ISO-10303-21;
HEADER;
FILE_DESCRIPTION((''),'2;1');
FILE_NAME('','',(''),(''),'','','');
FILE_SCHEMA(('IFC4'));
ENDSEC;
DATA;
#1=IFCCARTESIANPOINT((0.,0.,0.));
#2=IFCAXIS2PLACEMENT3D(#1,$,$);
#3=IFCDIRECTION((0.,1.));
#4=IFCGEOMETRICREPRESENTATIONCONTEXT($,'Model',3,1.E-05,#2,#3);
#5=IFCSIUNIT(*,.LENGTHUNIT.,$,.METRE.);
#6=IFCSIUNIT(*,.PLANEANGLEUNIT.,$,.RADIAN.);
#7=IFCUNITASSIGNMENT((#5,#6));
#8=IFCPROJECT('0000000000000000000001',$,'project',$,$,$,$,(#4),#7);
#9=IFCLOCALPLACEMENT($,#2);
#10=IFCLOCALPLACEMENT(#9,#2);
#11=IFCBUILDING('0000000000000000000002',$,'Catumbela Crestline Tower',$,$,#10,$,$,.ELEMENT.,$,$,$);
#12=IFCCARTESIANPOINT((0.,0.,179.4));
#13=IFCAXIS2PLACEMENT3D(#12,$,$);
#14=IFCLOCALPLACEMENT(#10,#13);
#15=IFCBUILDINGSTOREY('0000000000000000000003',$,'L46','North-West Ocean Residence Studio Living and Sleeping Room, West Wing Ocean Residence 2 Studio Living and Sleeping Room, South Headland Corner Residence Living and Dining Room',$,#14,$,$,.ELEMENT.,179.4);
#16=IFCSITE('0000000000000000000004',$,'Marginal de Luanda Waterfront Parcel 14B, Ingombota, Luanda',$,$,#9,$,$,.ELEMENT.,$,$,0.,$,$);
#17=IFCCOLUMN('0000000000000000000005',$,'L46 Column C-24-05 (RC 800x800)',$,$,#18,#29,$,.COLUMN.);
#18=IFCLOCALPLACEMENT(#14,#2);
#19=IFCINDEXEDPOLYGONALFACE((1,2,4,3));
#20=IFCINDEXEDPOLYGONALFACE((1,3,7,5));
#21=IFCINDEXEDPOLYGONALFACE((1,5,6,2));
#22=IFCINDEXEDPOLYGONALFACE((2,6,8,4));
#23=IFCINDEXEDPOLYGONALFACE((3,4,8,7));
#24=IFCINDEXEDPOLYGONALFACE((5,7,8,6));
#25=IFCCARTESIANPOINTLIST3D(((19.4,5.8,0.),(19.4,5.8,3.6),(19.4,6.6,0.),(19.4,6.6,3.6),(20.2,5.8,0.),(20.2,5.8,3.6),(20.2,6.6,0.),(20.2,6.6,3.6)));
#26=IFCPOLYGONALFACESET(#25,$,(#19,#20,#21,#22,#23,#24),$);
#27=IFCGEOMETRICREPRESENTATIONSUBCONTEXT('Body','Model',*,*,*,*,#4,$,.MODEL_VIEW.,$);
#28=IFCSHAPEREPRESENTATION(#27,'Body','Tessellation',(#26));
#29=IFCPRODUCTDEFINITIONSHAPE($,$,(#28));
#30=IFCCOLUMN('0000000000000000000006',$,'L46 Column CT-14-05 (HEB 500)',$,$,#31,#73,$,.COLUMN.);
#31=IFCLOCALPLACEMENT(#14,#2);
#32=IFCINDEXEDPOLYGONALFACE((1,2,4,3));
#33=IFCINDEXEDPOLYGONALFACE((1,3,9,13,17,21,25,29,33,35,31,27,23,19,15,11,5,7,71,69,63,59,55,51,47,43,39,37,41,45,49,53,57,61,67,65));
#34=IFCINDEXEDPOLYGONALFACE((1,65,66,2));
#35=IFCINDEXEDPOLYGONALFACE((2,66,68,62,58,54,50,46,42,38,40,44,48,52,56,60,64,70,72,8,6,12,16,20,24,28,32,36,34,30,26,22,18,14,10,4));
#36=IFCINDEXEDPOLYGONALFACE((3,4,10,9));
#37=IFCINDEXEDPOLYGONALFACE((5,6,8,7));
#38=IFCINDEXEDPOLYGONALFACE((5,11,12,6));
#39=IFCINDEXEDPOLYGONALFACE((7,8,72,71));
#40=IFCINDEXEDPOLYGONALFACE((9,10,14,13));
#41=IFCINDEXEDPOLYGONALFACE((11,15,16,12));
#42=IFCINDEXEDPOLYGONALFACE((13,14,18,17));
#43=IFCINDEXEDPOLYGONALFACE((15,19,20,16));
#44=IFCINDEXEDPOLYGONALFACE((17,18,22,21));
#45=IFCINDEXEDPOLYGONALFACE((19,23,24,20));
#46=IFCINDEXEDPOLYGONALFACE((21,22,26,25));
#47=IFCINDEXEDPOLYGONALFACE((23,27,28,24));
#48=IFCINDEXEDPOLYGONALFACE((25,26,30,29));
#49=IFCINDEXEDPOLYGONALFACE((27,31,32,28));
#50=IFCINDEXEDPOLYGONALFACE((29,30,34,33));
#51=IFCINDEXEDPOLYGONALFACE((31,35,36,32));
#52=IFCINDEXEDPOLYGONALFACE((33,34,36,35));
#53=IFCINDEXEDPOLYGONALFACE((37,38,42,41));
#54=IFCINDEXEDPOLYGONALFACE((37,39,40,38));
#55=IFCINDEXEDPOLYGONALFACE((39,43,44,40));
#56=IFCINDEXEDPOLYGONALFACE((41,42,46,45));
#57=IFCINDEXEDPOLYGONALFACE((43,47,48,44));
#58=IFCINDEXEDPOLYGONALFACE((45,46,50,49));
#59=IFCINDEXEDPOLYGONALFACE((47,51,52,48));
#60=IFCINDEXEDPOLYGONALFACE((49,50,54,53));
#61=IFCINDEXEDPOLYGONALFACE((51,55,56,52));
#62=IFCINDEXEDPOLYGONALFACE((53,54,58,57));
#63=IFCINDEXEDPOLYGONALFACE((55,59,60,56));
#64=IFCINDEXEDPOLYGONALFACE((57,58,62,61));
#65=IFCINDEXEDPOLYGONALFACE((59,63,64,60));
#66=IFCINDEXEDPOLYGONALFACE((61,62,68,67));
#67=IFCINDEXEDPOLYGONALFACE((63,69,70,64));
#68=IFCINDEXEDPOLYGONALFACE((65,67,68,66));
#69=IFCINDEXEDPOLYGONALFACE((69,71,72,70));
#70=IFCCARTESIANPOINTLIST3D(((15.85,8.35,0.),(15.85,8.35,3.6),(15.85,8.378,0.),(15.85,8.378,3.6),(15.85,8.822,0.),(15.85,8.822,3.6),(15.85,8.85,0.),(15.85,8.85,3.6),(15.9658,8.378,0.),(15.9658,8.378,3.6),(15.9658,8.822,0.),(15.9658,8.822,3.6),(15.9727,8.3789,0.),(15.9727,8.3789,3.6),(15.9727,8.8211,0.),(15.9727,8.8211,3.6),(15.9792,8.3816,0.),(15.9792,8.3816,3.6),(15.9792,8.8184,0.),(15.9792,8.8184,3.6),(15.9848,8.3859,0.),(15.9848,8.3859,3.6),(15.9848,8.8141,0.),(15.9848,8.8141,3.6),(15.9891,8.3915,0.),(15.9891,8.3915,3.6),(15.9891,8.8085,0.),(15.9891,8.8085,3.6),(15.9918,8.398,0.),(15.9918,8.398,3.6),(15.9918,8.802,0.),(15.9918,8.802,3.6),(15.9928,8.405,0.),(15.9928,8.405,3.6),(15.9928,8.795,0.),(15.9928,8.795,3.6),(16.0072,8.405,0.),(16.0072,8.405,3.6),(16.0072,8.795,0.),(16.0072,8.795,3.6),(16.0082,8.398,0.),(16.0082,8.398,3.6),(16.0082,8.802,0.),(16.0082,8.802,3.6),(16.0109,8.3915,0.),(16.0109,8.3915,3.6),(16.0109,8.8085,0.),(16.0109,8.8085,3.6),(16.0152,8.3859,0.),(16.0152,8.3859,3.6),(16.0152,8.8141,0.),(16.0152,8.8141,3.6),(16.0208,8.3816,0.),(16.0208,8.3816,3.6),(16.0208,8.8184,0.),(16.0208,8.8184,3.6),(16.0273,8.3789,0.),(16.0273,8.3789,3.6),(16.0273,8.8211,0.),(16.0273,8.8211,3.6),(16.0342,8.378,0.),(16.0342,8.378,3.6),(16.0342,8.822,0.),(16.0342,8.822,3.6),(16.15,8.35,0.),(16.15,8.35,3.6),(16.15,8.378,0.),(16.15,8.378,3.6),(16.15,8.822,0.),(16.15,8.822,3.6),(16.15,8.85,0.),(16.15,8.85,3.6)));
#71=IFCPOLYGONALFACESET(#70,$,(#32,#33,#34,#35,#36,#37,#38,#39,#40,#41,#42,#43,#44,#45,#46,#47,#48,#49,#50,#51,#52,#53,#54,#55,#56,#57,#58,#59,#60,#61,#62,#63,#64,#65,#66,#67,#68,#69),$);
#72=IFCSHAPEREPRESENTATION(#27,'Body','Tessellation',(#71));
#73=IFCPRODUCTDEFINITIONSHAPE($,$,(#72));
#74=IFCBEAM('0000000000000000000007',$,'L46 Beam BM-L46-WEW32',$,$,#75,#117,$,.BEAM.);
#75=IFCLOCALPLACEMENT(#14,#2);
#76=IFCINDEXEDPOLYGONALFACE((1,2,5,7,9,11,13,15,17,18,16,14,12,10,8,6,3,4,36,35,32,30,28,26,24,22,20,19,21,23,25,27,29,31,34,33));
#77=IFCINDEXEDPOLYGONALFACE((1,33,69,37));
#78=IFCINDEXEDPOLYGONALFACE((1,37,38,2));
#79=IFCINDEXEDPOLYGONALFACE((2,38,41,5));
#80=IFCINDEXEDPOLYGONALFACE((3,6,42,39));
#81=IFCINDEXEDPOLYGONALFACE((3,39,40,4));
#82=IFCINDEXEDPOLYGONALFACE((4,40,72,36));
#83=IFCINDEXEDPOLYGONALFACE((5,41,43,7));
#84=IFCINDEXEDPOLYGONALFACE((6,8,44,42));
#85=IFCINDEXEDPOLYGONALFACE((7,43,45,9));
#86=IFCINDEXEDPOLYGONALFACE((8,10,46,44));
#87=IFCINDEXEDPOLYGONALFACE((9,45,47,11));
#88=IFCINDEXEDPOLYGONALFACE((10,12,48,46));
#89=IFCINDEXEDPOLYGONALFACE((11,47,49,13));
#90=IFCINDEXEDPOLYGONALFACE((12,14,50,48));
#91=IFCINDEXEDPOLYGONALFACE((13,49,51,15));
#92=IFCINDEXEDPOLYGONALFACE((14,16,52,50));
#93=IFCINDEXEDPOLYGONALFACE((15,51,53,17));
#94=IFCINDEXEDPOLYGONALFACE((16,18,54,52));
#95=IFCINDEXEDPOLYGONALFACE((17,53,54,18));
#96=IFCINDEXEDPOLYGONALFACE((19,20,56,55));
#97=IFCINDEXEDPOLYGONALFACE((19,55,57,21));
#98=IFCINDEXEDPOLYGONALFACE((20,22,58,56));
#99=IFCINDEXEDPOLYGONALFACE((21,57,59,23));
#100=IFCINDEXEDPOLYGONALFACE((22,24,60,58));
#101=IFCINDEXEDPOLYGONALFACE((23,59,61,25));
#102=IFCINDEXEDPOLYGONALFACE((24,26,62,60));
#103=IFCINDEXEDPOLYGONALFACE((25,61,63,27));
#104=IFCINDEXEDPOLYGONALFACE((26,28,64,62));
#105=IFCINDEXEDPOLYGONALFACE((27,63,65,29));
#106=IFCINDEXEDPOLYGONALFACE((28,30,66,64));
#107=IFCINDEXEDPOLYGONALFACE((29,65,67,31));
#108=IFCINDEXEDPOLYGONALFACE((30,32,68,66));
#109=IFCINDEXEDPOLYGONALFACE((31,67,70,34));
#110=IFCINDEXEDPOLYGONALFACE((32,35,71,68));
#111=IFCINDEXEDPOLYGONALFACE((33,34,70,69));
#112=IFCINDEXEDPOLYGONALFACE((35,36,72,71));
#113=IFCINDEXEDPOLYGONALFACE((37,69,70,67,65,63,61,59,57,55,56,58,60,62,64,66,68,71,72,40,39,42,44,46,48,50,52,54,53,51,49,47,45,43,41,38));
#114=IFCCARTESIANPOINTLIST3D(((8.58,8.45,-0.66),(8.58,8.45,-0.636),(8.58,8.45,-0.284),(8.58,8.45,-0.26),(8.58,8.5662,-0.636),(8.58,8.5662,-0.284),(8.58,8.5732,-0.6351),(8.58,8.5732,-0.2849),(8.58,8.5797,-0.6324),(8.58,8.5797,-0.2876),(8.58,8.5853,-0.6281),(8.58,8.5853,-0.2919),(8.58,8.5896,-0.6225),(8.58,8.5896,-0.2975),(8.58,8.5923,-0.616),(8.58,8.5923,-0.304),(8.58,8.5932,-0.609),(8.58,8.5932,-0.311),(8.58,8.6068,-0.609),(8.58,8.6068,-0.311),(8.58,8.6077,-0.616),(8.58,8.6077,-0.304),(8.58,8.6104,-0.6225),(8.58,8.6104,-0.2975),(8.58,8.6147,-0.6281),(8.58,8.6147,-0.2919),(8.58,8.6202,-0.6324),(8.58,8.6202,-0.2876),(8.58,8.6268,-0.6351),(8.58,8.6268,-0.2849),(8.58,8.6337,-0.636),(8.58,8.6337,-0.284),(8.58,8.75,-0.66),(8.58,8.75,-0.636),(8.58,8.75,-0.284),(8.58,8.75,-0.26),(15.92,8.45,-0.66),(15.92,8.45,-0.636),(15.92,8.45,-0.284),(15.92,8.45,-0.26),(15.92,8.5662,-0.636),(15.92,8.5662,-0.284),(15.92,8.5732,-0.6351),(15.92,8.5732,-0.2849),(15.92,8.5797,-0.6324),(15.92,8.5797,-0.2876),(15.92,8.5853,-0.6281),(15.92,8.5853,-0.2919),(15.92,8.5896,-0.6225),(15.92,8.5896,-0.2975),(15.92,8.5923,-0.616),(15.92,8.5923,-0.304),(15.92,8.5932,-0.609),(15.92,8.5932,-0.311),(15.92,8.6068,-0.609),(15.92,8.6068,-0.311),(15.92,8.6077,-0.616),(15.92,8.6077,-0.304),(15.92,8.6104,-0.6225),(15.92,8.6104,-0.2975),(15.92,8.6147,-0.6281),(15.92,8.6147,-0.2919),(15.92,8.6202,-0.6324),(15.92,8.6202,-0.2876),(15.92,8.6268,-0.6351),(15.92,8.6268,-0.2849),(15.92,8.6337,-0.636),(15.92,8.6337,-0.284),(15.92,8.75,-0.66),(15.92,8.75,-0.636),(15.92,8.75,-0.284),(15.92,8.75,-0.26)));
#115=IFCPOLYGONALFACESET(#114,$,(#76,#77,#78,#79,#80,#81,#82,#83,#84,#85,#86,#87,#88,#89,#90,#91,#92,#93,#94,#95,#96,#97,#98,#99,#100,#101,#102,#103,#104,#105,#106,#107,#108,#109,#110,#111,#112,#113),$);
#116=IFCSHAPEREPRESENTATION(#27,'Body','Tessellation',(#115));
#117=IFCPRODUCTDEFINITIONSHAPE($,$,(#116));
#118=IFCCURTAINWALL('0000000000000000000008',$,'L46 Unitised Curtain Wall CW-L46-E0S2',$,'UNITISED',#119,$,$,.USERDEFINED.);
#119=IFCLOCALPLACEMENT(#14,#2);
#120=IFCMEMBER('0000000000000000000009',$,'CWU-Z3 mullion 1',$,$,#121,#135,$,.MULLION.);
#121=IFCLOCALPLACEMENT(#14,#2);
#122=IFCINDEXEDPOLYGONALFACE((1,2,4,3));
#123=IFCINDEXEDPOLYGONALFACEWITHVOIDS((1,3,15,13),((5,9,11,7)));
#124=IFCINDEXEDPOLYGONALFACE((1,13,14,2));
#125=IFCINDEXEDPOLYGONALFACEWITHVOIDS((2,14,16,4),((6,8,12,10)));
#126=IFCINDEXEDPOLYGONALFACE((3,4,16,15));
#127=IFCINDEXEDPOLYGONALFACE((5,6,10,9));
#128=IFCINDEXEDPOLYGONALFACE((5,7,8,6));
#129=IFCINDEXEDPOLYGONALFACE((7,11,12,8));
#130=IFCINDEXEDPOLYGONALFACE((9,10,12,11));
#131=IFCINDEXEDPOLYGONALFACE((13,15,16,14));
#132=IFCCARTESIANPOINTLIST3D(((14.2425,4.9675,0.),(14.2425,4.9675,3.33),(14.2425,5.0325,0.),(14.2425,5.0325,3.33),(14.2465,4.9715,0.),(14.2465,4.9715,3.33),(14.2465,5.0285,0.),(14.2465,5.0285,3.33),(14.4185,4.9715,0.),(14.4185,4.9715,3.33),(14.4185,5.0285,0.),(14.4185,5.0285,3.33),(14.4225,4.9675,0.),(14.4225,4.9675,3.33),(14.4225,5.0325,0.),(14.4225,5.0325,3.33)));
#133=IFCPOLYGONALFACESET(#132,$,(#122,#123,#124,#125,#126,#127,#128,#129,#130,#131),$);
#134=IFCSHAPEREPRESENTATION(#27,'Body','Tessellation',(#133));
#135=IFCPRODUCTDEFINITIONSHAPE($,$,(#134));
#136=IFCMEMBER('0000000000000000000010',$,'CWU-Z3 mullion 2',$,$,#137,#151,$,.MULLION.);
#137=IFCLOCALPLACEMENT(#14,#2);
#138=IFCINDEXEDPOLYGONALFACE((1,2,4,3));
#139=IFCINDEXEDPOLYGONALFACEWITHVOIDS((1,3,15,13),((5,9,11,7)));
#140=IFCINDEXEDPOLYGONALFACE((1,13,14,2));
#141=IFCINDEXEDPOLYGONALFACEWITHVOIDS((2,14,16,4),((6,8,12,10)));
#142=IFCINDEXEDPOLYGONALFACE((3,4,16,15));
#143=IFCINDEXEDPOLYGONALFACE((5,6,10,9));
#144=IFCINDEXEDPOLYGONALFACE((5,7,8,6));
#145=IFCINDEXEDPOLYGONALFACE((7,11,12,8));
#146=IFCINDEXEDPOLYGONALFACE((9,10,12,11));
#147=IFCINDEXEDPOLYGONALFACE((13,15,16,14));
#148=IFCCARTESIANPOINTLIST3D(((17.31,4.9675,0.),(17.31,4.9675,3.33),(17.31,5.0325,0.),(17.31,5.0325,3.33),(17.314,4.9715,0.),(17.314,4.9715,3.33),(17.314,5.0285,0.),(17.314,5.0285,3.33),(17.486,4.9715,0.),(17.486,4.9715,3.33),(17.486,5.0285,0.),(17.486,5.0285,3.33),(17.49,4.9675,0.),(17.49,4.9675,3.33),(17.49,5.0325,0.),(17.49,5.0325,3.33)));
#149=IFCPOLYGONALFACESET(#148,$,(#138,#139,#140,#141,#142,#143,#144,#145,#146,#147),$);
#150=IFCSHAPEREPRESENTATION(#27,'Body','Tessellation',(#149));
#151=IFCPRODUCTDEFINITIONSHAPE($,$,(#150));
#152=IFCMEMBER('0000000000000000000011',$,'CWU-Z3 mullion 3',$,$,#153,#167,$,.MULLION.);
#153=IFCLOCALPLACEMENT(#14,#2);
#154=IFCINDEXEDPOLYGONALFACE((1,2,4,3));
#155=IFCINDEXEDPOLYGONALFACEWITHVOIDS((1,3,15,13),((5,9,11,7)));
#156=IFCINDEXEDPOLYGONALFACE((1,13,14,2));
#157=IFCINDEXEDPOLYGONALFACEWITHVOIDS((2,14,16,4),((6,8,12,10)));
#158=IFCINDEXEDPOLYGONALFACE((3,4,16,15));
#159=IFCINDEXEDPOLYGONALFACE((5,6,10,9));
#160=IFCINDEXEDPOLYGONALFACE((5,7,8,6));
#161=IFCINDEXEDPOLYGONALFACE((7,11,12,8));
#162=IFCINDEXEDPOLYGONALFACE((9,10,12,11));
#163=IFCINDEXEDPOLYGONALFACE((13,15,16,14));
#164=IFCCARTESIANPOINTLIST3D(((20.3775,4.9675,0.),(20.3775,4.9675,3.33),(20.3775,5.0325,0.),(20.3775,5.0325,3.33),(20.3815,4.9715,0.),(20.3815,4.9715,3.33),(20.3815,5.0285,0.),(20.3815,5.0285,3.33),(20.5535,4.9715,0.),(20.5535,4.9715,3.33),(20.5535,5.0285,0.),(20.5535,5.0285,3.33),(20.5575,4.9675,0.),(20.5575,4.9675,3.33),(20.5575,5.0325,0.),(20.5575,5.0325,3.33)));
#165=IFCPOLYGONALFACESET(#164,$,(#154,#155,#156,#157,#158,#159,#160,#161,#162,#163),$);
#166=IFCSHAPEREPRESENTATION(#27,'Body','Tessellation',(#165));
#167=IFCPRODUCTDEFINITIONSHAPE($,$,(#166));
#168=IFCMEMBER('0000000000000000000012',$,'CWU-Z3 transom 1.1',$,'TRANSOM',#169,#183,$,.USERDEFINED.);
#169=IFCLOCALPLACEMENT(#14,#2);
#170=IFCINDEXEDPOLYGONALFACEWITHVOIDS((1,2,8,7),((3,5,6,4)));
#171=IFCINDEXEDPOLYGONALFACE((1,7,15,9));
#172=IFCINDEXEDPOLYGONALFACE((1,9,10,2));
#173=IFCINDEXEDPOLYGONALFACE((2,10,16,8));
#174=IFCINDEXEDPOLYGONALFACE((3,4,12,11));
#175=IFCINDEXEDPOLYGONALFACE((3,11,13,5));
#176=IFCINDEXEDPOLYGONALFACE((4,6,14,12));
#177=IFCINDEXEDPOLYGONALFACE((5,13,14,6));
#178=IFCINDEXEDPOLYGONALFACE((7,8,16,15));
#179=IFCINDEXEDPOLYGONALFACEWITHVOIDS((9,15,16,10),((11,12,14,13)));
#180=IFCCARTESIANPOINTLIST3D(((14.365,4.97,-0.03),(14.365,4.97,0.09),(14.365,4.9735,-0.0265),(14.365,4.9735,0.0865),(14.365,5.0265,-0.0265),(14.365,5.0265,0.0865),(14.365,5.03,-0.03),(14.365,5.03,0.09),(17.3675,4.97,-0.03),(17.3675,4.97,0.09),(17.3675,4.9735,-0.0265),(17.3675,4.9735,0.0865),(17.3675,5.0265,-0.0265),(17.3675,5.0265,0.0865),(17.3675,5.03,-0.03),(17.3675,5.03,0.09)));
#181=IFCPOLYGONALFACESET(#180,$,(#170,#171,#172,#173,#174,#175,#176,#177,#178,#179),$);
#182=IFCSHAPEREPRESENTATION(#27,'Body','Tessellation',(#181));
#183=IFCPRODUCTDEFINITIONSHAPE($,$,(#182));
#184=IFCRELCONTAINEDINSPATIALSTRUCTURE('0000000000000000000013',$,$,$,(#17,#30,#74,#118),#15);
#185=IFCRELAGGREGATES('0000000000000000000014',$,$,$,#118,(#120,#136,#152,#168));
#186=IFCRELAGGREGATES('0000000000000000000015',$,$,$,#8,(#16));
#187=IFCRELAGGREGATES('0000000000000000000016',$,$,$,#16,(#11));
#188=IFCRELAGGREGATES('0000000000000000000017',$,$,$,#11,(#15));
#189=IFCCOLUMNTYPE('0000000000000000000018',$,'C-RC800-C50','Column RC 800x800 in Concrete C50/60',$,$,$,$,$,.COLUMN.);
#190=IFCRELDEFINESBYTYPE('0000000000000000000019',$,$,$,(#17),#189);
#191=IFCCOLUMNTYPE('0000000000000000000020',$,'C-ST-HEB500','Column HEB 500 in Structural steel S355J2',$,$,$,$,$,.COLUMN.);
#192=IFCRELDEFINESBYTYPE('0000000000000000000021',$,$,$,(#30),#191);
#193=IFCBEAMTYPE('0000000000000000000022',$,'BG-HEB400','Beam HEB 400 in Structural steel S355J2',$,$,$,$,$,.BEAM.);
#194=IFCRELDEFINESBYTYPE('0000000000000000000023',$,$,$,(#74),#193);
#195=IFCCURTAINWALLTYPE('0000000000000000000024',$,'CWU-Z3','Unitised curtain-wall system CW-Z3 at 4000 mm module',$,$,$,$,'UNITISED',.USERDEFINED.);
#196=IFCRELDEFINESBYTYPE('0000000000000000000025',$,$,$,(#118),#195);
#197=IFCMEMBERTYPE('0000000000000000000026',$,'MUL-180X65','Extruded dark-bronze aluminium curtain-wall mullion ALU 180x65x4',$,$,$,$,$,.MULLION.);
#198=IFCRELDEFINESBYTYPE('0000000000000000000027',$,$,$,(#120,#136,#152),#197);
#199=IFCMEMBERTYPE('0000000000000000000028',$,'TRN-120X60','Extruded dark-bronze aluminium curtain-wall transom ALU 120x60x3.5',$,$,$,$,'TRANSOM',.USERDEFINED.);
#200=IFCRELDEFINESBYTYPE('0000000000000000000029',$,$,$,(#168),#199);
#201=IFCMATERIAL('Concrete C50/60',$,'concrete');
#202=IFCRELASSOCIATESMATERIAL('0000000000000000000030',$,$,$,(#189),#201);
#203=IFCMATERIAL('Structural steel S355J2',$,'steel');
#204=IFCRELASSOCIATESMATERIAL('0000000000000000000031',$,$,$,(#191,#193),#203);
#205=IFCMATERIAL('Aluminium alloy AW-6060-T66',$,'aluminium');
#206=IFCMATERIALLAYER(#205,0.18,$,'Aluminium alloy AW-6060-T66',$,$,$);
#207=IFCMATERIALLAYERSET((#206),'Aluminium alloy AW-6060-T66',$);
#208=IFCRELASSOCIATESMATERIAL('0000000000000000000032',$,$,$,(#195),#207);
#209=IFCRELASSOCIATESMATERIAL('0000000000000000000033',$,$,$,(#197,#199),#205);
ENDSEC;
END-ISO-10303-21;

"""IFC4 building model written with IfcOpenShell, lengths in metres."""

from ifc_helpers import new_model, si_unit, direction, frame, origin, origin_2d, place, context, subcontext, project, spatial, rectangle, hollow_rectangle, i_section, extrude, material, layer, layer_set, material_profile, profile_set, type_object, element, aggregate, save


model = new_model("IFC4")

# Units and contexts
model_context = context("Model", 3, precision=1e-05, world=origin(), true_north=direction((0.0, 1.0)))
body_context = subcontext(model_context, "Body", "Model", "MODEL_VIEW")
ifc_project = project(units=[si_unit("LENGTHUNIT", "METRE"), si_unit("PLANEANGLEUNIT", "RADIAN")], contexts=[model_context])

# Site, building, storey
site_placement = place(None, origin())
site = spatial("IfcSite", under=ifc_project, at=site_placement, Name="Marginal de Luanda Waterfront Parcel 14B, Ingombota, Luanda", CompositionType="ELEMENT", RefElevation=0.0)
building_placement = place(site_placement, origin())
building = spatial("IfcBuilding", under=site, at=building_placement, Name="Catumbela Crestline Tower", CompositionType="ELEMENT")
storey_placement = place(building_placement, frame((0.0, 0.0, 179.4)))
storey = spatial("IfcBuildingStorey", under=building, at=storey_placement, Name="L46", Description="North-West Ocean Residence Studio Living and Sleeping Room, West Wing Ocean Residence 2 Studio Living and Sleeping Room, South Headland Corner Residence Living and Dining Room", CompositionType="ELEMENT", Elevation=179.4)

# Columns
ifc_material_1 = material(Name="Concrete C50/60", Category="concrete")
ifc_material_profile_1 = material_profile(ifc_material_1, rectangle(XDim=0.8, YDim=0.8, at=origin_2d()), Name="RC 800x800")
ifc_profile_set_1 = profile_set([ifc_material_profile_1], Name="Concrete C50/60")
column_type_1 = type_object("IfcColumnType", Name="C-RC800-C50", Description="Column RC 800x800 in Concrete C50/60", PredefinedType="COLUMN", material=ifc_profile_set_1)
column_1_placement = place(storey_placement, frame((19.8, 6.2, 0.0), z_axis=(0.0, 0.0, 1.0), x_axis=(1.0, 0.0, 0.0)))
element("IfcColumn", 1, at=column_1_placement, inside=storey, type_object=column_type_1, Name="L46 Column C-24-05 (RC 800x800)", PredefinedType="COLUMN", context=body_context, shape_type="SweptSolid", body=[
    extrude(rectangle(XDim=0.8, YDim=0.8, at=origin_2d()), origin(), (0.0, 0.0, 1.0), 3.6),
])
ifc_material_2 = material(Name="Structural steel S355J2", Category="steel")
ifc_material_profile_2 = material_profile(ifc_material_2, i_section(OverallWidth=0.3, OverallDepth=0.5, WebThickness=0.0145, FlangeThickness=0.028, FilletRadius=0.027, at=origin_2d()), Name="HEB 500")
ifc_profile_set_2 = profile_set([ifc_material_profile_2], Name="Structural steel S355J2")
column_type_2 = type_object("IfcColumnType", Name="C-ST-HEB500", Description="Column HEB 500 in Structural steel S355J2", PredefinedType="COLUMN", material=ifc_profile_set_2)
column_2_placement = place(storey_placement, frame((16.0, 8.6, 0.0), z_axis=(0.0, 0.0, 1.0), x_axis=(1.0, 0.0, 0.0)))
element("IfcColumn", 2, at=column_2_placement, inside=storey, type_object=column_type_2, Name="L46 Column CT-14-05 (HEB 500)", PredefinedType="COLUMN", context=body_context, shape_type="SweptSolid", body=[
    extrude(i_section(OverallWidth=0.3, OverallDepth=0.5, WebThickness=0.0145, FlangeThickness=0.028, FilletRadius=0.027, at=origin_2d()), origin(), (0.0, 0.0, 1.0), 3.6),
])

# Beam
ifc_material_profile_3 = material_profile(ifc_material_2, i_section(OverallWidth=0.3, OverallDepth=0.4, WebThickness=0.0135, FlangeThickness=0.024, FilletRadius=0.027, at=origin_2d()), Name="HEB 400")
ifc_profile_set_3 = profile_set([ifc_material_profile_3], Name="Structural steel S355J2")
beam_type = type_object("IfcBeamType", Name="BG-HEB400", Description="Beam HEB 400 in Structural steel S355J2", PredefinedType="BEAM", material=ifc_profile_set_3)
beam_placement = place(storey_placement, frame((8.58, 8.6, -0.46), z_axis=(1.0, 0.0, 0.0), x_axis=(0.0, 1.0, 0.0)))
element("IfcBeam", 3, at=beam_placement, inside=storey, type_object=beam_type, Name="L46 Beam BM-L46-WEW32", PredefinedType="BEAM", context=body_context, shape_type="SweptSolid", body=[
    extrude(i_section(OverallWidth=0.3, OverallDepth=0.4, WebThickness=0.0135, FlangeThickness=0.024, FilletRadius=0.027, at=origin_2d()), origin(), (0.0, 0.0, 1.0), 7.34),
])

# Curtain wall, members
ifc_material_3 = material(Name="Aluminium alloy AW-6060-T66", Category="aluminium")
ifc_layer_1 = layer(ifc_material_3, 0.18, Name="Aluminium alloy AW-6060-T66")
ifc_layer_set_1 = layer_set([ifc_layer_1], Name="Aluminium alloy AW-6060-T66")
curtain_wall_type = type_object("IfcCurtainWallType", Name="CWU-Z3", Description="Unitised curtain-wall system CW-Z3 at 4000 mm module", ElementType="UNITISED", PredefinedType="USERDEFINED", material=ifc_layer_set_1)
curtain_wall_placement = place(storey_placement, origin())
curtain_wall = element("IfcCurtainWall", 4, at=curtain_wall_placement, inside=storey, type_object=curtain_wall_type, Name="L46 Unitised Curtain Wall CW-L46-E0S2", ObjectType="UNITISED", PredefinedType="USERDEFINED")
ifc_material_profile_4 = material_profile(ifc_material_3, hollow_rectangle(XDim=0.065, YDim=0.18, WallThickness=0.004, at=origin_2d()), Name="ALU 180x65x4")
ifc_profile_set_4 = profile_set([ifc_material_profile_4], Name="Aluminium alloy AW-6060-T66")
member_type_1 = type_object("IfcMemberType", Name="MUL-180X65", Description="Extruded dark-bronze aluminium curtain-wall mullion ALU 180x65x4", PredefinedType="MULLION", material=ifc_profile_set_4)
member_1_placement = place(storey_placement, frame((14.3325, 5.0, 0.0), z_axis=(0.0, 0.0, 1.0), x_axis=(0.0, 1.0, 0.0)))
member_1 = element("IfcMember", 5, at=member_1_placement, type_object=member_type_1, Name="CWU-Z3 mullion 1", PredefinedType="MULLION", context=body_context, shape_type="SweptSolid", body=[
    extrude(hollow_rectangle(XDim=0.065, YDim=0.18, WallThickness=0.004, at=origin_2d()), origin(), (0.0, 0.0, 1.0), 3.33),
])
member_2_placement = place(storey_placement, frame((17.4, 5.0, 0.0), z_axis=(0.0, 0.0, 1.0), x_axis=(0.0, 1.0, 0.0)))
member_2 = element("IfcMember", 6, at=member_2_placement, type_object=member_type_1, Name="CWU-Z3 mullion 2", PredefinedType="MULLION", context=body_context, shape_type="SweptSolid", body=[
    extrude(hollow_rectangle(XDim=0.065, YDim=0.18, WallThickness=0.004, at=origin_2d()), origin(), (0.0, 0.0, 1.0), 3.33),
])
member_3_placement = place(storey_placement, frame((20.4675, 5.0, 0.0), z_axis=(0.0, 0.0, 1.0), x_axis=(0.0, 1.0, 0.0)))
member_3 = element("IfcMember", 7, at=member_3_placement, type_object=member_type_1, Name="CWU-Z3 mullion 3", PredefinedType="MULLION", context=body_context, shape_type="SweptSolid", body=[
    extrude(hollow_rectangle(XDim=0.065, YDim=0.18, WallThickness=0.004, at=origin_2d()), origin(), (0.0, 0.0, 1.0), 3.33),
])
ifc_material_profile_5 = material_profile(ifc_material_3, hollow_rectangle(XDim=0.06, YDim=0.12, WallThickness=0.0035, at=origin_2d()), Name="ALU 120x60x3.5")
ifc_profile_set_5 = profile_set([ifc_material_profile_5], Name="Aluminium alloy AW-6060-T66")
member_type_2 = type_object("IfcMemberType", Name="TRN-120X60", Description="Extruded dark-bronze aluminium curtain-wall transom ALU 120x60x3.5", ElementType="TRANSOM", PredefinedType="USERDEFINED", material=ifc_profile_set_5)
member_4_placement = place(storey_placement, frame((14.365, 5.0, 0.03), z_axis=(1.0, 0.0, 0.0), x_axis=(0.0, 1.0, 0.0)))
member_4 = element("IfcMember", 8, at=member_4_placement, type_object=member_type_2, Name="CWU-Z3 transom 1.1", ObjectType="TRANSOM", PredefinedType="USERDEFINED", context=body_context, shape_type="SweptSolid", body=[
    extrude(hollow_rectangle(XDim=0.06, YDim=0.12, WallThickness=0.0035, at=origin_2d()), origin(), (0.0, 0.0, 1.0), 3.0025),
])
aggregate(curtain_wall, [member_1, member_2, member_3, member_4])

save(model, "model.ifc")
